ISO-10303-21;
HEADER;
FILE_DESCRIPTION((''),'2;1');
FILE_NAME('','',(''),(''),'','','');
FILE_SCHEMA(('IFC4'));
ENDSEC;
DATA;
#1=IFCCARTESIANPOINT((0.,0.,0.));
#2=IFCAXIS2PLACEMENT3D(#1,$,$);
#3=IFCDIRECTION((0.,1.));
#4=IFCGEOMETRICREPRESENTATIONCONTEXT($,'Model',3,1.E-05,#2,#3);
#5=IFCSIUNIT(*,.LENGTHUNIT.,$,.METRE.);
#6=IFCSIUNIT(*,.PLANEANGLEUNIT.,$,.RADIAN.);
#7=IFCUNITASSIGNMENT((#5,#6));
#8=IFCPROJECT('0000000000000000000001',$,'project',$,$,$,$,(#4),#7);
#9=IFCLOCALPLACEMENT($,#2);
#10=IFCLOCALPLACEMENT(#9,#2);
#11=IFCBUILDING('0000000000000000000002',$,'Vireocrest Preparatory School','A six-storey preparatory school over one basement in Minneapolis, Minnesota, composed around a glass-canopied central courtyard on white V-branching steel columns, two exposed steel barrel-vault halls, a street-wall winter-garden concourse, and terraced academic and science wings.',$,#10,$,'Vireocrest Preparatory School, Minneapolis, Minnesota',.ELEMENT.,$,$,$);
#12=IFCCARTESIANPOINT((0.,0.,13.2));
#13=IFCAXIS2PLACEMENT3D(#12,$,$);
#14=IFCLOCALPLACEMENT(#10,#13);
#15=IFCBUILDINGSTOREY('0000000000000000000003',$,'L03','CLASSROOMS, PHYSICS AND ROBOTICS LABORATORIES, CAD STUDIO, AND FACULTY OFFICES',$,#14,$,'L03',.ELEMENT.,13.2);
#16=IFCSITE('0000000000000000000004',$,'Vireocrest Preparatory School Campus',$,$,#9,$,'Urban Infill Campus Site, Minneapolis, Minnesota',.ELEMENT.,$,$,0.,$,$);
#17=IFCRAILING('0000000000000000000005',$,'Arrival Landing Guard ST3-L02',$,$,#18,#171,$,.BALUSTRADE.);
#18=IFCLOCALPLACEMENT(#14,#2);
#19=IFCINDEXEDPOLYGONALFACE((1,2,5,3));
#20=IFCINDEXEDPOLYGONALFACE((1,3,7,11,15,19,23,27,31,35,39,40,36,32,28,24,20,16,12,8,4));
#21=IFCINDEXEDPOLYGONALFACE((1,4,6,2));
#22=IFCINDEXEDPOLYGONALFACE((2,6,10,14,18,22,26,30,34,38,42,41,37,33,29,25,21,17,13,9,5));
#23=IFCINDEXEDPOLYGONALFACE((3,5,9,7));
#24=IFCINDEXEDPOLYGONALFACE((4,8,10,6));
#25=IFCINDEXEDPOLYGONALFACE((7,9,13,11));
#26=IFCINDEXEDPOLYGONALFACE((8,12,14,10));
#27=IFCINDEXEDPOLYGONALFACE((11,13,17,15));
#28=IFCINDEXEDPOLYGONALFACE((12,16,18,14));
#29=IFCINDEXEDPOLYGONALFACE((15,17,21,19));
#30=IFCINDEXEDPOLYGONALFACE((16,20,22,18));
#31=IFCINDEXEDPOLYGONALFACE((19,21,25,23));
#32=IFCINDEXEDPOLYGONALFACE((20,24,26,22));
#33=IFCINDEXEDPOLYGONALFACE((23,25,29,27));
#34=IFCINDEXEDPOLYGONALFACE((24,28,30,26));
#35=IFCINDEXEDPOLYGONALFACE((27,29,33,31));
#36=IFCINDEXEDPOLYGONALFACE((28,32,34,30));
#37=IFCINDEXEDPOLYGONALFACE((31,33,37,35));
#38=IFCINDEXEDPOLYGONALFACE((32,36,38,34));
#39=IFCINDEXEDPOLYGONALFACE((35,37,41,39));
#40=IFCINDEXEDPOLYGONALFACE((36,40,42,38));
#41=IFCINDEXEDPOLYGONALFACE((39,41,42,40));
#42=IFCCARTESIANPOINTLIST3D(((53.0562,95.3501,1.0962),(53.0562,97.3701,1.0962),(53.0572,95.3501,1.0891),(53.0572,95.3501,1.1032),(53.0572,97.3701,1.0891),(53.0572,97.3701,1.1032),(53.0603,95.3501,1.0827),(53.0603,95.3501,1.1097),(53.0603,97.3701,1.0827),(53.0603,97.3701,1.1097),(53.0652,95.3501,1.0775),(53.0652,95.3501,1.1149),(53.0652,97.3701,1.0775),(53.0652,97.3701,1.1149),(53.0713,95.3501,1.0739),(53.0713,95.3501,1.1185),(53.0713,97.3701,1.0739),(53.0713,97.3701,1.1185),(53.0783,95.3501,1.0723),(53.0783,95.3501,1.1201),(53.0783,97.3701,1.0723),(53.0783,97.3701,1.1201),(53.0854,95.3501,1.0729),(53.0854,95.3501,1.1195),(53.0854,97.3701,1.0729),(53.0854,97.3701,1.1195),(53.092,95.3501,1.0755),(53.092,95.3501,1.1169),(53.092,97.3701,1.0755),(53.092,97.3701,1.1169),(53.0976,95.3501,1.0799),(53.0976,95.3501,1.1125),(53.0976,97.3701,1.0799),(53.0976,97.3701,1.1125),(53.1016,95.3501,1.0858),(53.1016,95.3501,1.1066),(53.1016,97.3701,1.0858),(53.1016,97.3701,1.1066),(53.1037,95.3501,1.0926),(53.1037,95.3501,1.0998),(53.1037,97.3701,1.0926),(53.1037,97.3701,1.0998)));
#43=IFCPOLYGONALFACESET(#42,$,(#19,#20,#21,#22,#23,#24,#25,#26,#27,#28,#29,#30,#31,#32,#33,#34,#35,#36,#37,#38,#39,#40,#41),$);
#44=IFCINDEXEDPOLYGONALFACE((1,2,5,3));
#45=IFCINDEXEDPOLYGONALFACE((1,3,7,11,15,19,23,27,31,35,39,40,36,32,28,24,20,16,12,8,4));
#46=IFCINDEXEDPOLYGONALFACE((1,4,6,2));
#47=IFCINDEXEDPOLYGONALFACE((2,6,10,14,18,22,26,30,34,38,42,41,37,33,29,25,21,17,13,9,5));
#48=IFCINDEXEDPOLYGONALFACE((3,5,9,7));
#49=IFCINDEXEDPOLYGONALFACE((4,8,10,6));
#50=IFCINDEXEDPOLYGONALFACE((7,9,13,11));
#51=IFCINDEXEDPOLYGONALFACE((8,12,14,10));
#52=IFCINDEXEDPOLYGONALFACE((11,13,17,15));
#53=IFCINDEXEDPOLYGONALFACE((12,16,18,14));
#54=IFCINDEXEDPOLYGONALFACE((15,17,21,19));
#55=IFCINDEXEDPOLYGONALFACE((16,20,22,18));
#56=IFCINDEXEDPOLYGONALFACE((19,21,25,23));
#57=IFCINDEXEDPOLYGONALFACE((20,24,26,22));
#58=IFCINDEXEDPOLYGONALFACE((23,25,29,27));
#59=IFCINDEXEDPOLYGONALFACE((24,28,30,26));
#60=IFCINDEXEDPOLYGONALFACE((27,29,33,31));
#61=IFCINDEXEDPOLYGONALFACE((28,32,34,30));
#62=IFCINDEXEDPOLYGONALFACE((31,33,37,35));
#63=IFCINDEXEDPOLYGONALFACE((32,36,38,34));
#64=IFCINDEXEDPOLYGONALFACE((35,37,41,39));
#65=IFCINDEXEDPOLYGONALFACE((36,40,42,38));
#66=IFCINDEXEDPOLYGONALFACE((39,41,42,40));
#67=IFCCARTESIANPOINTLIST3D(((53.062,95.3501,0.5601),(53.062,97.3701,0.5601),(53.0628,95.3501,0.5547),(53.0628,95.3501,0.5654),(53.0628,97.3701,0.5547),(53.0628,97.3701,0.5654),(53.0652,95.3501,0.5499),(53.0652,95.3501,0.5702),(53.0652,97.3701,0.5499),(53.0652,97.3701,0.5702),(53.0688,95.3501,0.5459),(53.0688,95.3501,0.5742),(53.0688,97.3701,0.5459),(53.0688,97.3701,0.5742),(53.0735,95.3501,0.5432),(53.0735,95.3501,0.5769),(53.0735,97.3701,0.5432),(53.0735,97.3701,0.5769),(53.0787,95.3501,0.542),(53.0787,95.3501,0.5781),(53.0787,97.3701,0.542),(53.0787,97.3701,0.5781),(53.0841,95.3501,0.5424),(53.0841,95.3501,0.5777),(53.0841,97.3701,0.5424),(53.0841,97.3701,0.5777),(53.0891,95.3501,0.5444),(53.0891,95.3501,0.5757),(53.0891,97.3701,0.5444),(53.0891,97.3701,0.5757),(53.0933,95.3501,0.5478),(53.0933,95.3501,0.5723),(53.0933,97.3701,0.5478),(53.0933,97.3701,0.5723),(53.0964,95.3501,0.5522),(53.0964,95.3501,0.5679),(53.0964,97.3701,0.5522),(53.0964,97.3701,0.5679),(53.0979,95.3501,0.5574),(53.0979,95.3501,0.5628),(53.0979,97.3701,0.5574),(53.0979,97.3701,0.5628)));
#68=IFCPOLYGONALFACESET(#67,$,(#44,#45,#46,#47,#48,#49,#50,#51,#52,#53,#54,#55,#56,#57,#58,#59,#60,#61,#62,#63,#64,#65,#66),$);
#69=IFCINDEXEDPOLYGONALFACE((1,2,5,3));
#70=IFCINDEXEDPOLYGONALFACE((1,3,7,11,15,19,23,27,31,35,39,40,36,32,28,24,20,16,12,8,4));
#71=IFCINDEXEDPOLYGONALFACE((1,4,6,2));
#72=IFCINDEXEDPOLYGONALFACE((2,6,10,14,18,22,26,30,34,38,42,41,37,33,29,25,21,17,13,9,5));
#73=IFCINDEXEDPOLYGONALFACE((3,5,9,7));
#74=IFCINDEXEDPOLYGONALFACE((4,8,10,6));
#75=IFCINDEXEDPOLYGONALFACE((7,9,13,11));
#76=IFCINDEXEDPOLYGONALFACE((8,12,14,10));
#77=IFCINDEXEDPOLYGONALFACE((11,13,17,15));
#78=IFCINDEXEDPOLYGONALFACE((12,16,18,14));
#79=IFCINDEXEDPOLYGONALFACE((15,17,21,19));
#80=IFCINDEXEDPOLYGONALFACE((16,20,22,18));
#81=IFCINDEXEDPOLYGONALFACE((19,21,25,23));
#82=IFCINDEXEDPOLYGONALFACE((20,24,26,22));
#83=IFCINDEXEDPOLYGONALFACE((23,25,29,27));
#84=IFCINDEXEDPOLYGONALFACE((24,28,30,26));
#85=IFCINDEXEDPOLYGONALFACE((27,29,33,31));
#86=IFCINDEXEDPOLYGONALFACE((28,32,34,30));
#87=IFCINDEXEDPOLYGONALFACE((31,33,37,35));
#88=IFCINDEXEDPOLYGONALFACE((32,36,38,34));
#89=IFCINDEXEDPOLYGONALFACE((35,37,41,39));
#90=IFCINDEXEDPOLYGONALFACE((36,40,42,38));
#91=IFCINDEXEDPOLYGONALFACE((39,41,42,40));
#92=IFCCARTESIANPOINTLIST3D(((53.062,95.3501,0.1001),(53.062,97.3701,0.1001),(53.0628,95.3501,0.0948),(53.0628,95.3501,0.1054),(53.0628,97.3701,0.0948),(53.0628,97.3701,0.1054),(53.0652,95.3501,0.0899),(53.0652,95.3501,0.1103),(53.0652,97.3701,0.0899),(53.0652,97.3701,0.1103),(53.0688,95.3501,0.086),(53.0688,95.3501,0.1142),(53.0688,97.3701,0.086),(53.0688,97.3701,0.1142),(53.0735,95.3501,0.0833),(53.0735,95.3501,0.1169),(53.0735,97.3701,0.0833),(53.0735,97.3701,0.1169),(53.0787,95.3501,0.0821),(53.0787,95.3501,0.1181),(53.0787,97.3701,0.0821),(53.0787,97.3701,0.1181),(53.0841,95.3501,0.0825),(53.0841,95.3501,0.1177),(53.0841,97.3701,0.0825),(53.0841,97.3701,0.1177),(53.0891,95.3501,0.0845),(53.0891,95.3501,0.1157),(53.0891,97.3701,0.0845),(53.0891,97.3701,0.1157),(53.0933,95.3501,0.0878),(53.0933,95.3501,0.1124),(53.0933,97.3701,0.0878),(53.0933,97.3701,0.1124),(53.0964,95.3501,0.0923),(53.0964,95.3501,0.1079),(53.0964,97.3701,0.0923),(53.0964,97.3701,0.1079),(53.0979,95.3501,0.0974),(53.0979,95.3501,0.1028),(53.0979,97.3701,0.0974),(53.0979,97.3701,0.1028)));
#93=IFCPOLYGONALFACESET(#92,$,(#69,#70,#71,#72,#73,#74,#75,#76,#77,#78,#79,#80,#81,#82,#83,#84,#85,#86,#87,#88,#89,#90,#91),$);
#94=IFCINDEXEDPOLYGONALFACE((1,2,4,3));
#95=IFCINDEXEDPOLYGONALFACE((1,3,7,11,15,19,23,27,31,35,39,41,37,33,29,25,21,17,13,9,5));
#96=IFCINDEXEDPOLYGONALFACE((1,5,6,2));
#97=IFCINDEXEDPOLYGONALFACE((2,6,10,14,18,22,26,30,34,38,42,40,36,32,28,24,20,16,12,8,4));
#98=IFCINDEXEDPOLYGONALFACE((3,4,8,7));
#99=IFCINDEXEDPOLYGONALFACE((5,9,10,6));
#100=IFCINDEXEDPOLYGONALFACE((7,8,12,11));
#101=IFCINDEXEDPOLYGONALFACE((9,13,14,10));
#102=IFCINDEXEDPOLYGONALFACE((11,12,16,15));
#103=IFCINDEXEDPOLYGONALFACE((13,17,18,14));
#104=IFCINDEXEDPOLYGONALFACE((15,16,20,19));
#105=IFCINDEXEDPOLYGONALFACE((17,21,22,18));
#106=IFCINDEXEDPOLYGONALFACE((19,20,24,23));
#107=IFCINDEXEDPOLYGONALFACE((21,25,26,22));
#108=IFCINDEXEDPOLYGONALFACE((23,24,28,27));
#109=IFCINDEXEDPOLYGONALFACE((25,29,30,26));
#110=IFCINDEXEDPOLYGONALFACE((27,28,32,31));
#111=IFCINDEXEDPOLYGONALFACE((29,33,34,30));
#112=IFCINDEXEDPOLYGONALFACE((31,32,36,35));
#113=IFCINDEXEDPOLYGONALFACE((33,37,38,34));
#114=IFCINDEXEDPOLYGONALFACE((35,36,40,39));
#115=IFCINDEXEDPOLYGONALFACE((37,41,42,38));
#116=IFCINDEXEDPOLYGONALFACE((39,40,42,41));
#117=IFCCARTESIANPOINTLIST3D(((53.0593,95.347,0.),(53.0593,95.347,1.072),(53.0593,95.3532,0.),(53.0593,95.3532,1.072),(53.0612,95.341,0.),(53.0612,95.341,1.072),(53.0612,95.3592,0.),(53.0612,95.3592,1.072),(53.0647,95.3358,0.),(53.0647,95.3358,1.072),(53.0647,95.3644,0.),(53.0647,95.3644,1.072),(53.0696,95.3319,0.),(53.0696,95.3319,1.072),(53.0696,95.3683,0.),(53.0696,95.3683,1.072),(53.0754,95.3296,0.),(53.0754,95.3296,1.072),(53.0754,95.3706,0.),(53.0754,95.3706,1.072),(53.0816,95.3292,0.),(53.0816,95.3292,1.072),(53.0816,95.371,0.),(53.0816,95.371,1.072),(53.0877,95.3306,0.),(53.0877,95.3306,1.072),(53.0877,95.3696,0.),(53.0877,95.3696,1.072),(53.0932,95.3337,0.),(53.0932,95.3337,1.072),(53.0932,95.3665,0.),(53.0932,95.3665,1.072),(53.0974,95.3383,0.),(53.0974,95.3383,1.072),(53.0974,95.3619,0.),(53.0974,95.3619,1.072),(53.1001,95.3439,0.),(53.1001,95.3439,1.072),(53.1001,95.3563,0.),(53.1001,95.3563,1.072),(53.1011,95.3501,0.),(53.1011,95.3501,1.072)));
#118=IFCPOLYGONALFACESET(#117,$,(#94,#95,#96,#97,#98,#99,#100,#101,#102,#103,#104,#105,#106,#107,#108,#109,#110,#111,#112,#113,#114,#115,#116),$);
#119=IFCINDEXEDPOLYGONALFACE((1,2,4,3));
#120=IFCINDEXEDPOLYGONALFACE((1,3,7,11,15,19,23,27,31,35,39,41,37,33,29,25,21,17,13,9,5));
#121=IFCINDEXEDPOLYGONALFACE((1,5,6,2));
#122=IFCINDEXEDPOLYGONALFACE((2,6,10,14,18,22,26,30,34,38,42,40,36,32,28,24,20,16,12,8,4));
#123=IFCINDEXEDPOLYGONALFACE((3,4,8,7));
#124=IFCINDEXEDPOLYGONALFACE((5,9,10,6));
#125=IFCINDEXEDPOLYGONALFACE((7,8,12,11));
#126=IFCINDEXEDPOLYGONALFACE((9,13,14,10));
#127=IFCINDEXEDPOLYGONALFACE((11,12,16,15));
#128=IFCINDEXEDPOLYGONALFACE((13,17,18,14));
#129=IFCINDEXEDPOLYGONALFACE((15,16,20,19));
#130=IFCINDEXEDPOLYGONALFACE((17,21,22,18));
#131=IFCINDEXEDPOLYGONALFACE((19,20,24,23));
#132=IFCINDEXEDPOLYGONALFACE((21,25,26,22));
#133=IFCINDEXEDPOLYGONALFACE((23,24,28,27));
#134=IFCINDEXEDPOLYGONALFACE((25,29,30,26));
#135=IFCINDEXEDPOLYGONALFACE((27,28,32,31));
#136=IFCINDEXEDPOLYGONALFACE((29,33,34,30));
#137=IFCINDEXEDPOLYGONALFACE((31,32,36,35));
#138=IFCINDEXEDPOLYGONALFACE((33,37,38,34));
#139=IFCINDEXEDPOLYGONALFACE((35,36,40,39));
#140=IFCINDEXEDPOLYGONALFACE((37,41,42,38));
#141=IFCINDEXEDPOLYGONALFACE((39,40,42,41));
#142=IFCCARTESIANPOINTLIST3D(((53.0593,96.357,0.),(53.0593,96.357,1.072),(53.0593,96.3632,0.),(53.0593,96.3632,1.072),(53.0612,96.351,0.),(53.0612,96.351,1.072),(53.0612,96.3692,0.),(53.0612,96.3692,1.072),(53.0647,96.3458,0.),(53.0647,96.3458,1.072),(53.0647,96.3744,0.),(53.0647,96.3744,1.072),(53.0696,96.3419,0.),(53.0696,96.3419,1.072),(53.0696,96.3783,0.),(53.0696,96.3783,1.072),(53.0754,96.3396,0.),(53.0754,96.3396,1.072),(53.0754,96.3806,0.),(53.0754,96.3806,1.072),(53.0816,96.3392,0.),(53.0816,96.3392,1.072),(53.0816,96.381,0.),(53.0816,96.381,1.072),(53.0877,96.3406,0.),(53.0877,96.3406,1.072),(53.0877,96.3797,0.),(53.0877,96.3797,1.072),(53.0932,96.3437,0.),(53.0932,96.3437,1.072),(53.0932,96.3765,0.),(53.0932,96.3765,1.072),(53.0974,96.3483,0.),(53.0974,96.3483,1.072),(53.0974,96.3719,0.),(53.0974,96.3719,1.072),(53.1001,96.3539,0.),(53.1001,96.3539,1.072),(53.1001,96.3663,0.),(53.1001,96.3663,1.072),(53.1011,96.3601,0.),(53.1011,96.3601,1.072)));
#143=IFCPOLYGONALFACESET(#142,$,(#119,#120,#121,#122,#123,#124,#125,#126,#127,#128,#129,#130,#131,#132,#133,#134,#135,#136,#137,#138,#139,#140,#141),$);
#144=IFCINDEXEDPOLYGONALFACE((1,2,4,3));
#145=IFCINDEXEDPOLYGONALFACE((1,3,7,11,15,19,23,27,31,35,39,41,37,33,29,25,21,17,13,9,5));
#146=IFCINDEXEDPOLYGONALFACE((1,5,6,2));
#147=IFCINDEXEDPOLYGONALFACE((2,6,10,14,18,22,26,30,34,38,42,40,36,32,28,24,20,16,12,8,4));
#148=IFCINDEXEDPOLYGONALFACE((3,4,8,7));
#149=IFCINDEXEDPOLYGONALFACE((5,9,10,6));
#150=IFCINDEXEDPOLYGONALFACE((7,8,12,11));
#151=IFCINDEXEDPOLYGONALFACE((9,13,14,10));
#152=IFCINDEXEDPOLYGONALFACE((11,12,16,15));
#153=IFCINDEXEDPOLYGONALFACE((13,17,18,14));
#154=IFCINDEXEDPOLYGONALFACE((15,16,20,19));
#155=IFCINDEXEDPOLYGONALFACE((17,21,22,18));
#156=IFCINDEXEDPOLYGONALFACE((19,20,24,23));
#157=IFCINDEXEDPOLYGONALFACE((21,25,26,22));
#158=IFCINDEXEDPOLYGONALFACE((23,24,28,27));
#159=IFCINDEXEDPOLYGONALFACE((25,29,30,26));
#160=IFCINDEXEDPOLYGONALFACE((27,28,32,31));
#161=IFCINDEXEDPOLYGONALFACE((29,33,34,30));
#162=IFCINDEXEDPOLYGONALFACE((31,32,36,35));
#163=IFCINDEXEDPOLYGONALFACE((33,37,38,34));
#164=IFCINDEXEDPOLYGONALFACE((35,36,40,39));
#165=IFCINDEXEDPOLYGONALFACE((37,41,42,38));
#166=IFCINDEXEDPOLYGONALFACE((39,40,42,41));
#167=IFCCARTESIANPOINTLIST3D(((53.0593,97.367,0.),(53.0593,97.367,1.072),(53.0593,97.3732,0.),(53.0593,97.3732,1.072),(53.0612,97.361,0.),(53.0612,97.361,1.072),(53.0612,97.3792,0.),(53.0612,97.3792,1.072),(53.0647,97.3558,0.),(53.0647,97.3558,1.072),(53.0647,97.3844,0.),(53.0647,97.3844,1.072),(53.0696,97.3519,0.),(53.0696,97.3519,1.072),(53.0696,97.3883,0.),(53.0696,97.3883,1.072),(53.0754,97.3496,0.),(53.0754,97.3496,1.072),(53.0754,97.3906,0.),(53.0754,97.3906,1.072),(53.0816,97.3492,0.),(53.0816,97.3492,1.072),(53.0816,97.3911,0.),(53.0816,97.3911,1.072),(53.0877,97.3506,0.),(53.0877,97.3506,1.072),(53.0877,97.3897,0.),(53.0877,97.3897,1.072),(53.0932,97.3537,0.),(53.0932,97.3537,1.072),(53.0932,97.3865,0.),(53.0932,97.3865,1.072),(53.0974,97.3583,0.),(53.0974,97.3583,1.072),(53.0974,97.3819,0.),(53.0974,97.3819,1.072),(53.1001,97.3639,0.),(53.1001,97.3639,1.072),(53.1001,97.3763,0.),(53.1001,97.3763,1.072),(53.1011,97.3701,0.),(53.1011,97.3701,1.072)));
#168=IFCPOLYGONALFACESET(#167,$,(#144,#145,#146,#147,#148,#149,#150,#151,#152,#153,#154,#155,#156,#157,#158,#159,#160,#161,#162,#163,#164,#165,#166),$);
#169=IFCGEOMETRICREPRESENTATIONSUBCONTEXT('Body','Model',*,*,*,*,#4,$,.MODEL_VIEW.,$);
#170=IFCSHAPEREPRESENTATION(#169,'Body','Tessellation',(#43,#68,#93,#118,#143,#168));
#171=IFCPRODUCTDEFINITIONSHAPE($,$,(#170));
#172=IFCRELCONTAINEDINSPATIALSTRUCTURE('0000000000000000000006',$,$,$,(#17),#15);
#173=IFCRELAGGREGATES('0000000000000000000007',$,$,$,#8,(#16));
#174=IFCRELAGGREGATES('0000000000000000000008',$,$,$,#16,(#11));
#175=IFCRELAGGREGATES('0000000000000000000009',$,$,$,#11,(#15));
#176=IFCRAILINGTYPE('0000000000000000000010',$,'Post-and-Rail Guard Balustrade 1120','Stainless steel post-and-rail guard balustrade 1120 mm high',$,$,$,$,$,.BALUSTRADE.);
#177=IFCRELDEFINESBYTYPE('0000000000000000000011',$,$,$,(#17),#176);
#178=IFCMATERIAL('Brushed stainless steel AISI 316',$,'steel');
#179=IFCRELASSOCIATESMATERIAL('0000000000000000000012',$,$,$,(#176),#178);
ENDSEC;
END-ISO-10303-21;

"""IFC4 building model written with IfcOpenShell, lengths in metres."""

from ifc_helpers import new_model, si_unit, direction, frame, origin, origin_2d, place, context, subcontext, project, spatial, circle, extrude, material, type_object, element, save


model = new_model("IFC4")

# Units and contexts
model_context = context("Model", 3, precision=1e-05, world=origin(), true_north=direction((0.0, 1.0)))
body_context = subcontext(model_context, "Body", "Model", "MODEL_VIEW")
ifc_project = project(units=[si_unit("LENGTHUNIT", "METRE"), si_unit("PLANEANGLEUNIT", "RADIAN")], contexts=[model_context])

# Site, building, storey
site_placement = place(None, origin())
site = spatial("IfcSite", under=ifc_project, at=site_placement, Name="Vireocrest Preparatory School Campus", LongName="Urban Infill Campus Site, Minneapolis, Minnesota", CompositionType="ELEMENT", RefElevation=0.0)
building_placement = place(site_placement, origin())
building = spatial("IfcBuilding", under=site, at=building_placement, Name="Vireocrest Preparatory School", Description="A six-storey preparatory school over one basement in Minneapolis, Minnesota, composed around a glass-canopied central courtyard on white V-branching steel columns, two exposed steel barrel-vault halls, a street-wall winter-garden concourse, and terraced academic and science wings.", LongName="Vireocrest Preparatory School, Minneapolis, Minnesota", CompositionType="ELEMENT")
storey_placement = place(building_placement, frame((0.0, 0.0, 13.2)))
storey = spatial("IfcBuildingStorey", under=building, at=storey_placement, Name="L03", Description="CLASSROOMS, PHYSICS AND ROBOTICS LABORATORIES, CAD STUDIO, AND FACULTY OFFICES", LongName="L03", CompositionType="ELEMENT", Elevation=13.2)

# Railing
ifc_material_1 = material(Name="Brushed stainless steel AISI 316", Category="steel")
railing_type_1 = type_object("IfcRailingType", Name="Post-and-Rail Guard Balustrade 1120", Description="Stainless steel post-and-rail guard balustrade 1120 mm high", PredefinedType="BALUSTRADE", material=ifc_material_1)
railing_1_placement = place(storey_placement, frame((53.0801, 95.3501, 0.0)))
element("IfcRailing", 1, at=railing_1_placement, inside=storey, type_object=railing_type_1, Name="Arrival Landing Guard ST3-L02", PredefinedType="BALUSTRADE", context=body_context, shape_type="SweptSolid", body=[
    extrude(circle(Radius=0.0239, at=origin_2d()), frame((0.0, 0.0, 1.0962), z_axis=(0.0, 1.0, 0.0), x_axis=(-1.0, 0.0, 0.0)), (0.0, 0.0, 1.0), 2.02),
    extrude(circle(Radius=0.0181, at=origin_2d()), frame((0.0, 0.0, 0.5601), z_axis=(0.0, 1.0, 0.0), x_axis=(-1.0, 0.0, 0.0)), (0.0, 0.0, 1.0), 2.02),
    extrude(circle(Radius=0.0181, at=origin_2d()), frame((0.0, 0.0, 0.1001), z_axis=(0.0, 1.0, 0.0), x_axis=(-1.0, 0.0, 0.0)), (0.0, 0.0, 1.0), 2.02),
    extrude(circle(Radius=0.021, at=origin_2d()), origin(), (0.0, 0.0, 1.0), 1.072),
    extrude(circle(Radius=0.021, at=origin_2d()), frame((0.0, 1.01, 0.0)), (0.0, 0.0, 1.0), 1.072),
    extrude(circle(Radius=0.021, at=origin_2d()), frame((0.0, 2.02, 0.0)), (0.0, 0.0, 1.0), 1.072),
])

save(model, "model.ifc")
